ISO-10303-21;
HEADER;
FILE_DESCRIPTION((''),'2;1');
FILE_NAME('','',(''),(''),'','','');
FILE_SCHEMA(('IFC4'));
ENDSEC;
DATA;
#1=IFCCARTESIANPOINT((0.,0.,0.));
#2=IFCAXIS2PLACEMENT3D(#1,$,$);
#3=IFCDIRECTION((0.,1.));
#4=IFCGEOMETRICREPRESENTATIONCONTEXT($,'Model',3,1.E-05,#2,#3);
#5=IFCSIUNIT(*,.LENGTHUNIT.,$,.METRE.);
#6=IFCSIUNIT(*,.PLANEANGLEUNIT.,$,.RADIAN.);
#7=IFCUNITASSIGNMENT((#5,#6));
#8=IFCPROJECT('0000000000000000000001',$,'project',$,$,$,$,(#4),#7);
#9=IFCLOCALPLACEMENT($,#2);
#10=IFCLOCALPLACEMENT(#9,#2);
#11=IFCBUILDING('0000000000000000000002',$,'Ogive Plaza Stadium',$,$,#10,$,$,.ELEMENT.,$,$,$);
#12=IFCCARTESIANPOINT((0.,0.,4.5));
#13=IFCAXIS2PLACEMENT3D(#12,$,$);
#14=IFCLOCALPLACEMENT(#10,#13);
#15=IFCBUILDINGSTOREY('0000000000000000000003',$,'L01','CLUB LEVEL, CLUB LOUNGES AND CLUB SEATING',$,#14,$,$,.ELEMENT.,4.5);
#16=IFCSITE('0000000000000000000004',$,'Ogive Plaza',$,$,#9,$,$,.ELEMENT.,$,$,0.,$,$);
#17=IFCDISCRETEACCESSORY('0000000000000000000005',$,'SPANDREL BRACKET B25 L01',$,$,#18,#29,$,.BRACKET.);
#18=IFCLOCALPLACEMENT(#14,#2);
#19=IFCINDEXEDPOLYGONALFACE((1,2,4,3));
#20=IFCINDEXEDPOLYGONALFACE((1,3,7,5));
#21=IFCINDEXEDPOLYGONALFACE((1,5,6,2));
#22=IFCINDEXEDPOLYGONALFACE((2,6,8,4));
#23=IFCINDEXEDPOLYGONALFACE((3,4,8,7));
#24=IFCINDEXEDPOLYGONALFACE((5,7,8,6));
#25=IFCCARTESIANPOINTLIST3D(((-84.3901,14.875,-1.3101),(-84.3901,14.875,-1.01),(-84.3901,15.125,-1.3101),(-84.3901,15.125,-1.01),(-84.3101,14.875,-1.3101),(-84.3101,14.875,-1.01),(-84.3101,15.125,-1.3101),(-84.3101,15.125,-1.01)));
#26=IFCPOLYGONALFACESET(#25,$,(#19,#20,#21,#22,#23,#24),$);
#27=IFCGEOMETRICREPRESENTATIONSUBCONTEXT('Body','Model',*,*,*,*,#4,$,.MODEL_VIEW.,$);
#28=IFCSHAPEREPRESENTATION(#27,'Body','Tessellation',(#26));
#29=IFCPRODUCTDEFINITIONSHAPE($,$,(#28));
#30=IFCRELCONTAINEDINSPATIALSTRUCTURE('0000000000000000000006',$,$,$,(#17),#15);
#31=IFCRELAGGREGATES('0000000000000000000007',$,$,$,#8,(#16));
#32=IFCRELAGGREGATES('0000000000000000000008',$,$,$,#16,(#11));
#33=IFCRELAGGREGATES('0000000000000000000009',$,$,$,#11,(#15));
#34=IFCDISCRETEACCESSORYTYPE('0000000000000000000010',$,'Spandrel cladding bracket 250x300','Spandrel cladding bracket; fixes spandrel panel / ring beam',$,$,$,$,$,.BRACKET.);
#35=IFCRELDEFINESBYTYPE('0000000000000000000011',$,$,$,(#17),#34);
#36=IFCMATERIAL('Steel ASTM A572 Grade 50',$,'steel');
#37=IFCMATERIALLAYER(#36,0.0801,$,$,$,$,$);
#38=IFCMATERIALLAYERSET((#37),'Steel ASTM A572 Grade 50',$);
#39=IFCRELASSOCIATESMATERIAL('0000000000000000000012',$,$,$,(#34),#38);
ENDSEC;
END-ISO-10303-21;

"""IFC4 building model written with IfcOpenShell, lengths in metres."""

from ifc_helpers import new_model, si_unit, direction, frame, origin, origin_2d, place, context, subcontext, project, spatial, rectangle, extrude, material, layer, layer_set, type_object, element, save


model = new_model("IFC4")

# Units and contexts
model_context = context("Model", 3, precision=1e-05, world=origin(), true_north=direction((0.0, 1.0)))
body_context = subcontext(model_context, "Body", "Model", "MODEL_VIEW")
ifc_project = project(units=[si_unit("LENGTHUNIT", "METRE"), si_unit("PLANEANGLEUNIT", "RADIAN")], contexts=[model_context])

# Site, building, storey
site_placement = place(None, origin())
site = spatial("IfcSite", under=ifc_project, at=site_placement, Name="Ogive Plaza", CompositionType="ELEMENT", RefElevation=0.0)
building_placement = place(site_placement, origin())
building = spatial("IfcBuilding", under=site, at=building_placement, Name="Ogive Plaza Stadium", CompositionType="ELEMENT")
storey_placement = place(building_placement, frame((0.0, 0.0, 4.5)))
storey = spatial("IfcBuildingStorey", under=building, at=storey_placement, Name="L01", Description="CLUB LEVEL, CLUB LOUNGES AND CLUB SEATING", CompositionType="ELEMENT", Elevation=4.5)

# Discrete accessory
ifc_material_1 = material(Name="Steel ASTM A572 Grade 50", Category="steel")
ifc_layer_1 = layer(ifc_material_1, 0.0801)
ifc_layer_set_1 = layer_set([ifc_layer_1], Name="Steel ASTM A572 Grade 50")
discrete_accessory_type = type_object("IfcDiscreteAccessoryType", Name="Spandrel cladding bracket 250x300", Description="Spandrel cladding bracket; fixes spandrel panel / ring beam", PredefinedType="BRACKET", material=ifc_layer_set_1)
discrete_accessory_placement = place(storey_placement, frame((-84.3501, 15.0, -1.3101), z_axis=(0.0, 0.0, 1.0), x_axis=(0.0, 1.0, 0.0)))
element("IfcDiscreteAccessory", 1, at=discrete_accessory_placement, inside=storey, type_object=discrete_accessory_type, Name="SPANDREL BRACKET B25 L01", PredefinedType="BRACKET", context=body_context, shape_type="SweptSolid", body=[
    extrude(rectangle(XDim=0.25, YDim=0.0801, at=origin_2d()), origin(), (0.0, 0.0, 1.0), 0.3),
])

save(model, "model.ifc")
